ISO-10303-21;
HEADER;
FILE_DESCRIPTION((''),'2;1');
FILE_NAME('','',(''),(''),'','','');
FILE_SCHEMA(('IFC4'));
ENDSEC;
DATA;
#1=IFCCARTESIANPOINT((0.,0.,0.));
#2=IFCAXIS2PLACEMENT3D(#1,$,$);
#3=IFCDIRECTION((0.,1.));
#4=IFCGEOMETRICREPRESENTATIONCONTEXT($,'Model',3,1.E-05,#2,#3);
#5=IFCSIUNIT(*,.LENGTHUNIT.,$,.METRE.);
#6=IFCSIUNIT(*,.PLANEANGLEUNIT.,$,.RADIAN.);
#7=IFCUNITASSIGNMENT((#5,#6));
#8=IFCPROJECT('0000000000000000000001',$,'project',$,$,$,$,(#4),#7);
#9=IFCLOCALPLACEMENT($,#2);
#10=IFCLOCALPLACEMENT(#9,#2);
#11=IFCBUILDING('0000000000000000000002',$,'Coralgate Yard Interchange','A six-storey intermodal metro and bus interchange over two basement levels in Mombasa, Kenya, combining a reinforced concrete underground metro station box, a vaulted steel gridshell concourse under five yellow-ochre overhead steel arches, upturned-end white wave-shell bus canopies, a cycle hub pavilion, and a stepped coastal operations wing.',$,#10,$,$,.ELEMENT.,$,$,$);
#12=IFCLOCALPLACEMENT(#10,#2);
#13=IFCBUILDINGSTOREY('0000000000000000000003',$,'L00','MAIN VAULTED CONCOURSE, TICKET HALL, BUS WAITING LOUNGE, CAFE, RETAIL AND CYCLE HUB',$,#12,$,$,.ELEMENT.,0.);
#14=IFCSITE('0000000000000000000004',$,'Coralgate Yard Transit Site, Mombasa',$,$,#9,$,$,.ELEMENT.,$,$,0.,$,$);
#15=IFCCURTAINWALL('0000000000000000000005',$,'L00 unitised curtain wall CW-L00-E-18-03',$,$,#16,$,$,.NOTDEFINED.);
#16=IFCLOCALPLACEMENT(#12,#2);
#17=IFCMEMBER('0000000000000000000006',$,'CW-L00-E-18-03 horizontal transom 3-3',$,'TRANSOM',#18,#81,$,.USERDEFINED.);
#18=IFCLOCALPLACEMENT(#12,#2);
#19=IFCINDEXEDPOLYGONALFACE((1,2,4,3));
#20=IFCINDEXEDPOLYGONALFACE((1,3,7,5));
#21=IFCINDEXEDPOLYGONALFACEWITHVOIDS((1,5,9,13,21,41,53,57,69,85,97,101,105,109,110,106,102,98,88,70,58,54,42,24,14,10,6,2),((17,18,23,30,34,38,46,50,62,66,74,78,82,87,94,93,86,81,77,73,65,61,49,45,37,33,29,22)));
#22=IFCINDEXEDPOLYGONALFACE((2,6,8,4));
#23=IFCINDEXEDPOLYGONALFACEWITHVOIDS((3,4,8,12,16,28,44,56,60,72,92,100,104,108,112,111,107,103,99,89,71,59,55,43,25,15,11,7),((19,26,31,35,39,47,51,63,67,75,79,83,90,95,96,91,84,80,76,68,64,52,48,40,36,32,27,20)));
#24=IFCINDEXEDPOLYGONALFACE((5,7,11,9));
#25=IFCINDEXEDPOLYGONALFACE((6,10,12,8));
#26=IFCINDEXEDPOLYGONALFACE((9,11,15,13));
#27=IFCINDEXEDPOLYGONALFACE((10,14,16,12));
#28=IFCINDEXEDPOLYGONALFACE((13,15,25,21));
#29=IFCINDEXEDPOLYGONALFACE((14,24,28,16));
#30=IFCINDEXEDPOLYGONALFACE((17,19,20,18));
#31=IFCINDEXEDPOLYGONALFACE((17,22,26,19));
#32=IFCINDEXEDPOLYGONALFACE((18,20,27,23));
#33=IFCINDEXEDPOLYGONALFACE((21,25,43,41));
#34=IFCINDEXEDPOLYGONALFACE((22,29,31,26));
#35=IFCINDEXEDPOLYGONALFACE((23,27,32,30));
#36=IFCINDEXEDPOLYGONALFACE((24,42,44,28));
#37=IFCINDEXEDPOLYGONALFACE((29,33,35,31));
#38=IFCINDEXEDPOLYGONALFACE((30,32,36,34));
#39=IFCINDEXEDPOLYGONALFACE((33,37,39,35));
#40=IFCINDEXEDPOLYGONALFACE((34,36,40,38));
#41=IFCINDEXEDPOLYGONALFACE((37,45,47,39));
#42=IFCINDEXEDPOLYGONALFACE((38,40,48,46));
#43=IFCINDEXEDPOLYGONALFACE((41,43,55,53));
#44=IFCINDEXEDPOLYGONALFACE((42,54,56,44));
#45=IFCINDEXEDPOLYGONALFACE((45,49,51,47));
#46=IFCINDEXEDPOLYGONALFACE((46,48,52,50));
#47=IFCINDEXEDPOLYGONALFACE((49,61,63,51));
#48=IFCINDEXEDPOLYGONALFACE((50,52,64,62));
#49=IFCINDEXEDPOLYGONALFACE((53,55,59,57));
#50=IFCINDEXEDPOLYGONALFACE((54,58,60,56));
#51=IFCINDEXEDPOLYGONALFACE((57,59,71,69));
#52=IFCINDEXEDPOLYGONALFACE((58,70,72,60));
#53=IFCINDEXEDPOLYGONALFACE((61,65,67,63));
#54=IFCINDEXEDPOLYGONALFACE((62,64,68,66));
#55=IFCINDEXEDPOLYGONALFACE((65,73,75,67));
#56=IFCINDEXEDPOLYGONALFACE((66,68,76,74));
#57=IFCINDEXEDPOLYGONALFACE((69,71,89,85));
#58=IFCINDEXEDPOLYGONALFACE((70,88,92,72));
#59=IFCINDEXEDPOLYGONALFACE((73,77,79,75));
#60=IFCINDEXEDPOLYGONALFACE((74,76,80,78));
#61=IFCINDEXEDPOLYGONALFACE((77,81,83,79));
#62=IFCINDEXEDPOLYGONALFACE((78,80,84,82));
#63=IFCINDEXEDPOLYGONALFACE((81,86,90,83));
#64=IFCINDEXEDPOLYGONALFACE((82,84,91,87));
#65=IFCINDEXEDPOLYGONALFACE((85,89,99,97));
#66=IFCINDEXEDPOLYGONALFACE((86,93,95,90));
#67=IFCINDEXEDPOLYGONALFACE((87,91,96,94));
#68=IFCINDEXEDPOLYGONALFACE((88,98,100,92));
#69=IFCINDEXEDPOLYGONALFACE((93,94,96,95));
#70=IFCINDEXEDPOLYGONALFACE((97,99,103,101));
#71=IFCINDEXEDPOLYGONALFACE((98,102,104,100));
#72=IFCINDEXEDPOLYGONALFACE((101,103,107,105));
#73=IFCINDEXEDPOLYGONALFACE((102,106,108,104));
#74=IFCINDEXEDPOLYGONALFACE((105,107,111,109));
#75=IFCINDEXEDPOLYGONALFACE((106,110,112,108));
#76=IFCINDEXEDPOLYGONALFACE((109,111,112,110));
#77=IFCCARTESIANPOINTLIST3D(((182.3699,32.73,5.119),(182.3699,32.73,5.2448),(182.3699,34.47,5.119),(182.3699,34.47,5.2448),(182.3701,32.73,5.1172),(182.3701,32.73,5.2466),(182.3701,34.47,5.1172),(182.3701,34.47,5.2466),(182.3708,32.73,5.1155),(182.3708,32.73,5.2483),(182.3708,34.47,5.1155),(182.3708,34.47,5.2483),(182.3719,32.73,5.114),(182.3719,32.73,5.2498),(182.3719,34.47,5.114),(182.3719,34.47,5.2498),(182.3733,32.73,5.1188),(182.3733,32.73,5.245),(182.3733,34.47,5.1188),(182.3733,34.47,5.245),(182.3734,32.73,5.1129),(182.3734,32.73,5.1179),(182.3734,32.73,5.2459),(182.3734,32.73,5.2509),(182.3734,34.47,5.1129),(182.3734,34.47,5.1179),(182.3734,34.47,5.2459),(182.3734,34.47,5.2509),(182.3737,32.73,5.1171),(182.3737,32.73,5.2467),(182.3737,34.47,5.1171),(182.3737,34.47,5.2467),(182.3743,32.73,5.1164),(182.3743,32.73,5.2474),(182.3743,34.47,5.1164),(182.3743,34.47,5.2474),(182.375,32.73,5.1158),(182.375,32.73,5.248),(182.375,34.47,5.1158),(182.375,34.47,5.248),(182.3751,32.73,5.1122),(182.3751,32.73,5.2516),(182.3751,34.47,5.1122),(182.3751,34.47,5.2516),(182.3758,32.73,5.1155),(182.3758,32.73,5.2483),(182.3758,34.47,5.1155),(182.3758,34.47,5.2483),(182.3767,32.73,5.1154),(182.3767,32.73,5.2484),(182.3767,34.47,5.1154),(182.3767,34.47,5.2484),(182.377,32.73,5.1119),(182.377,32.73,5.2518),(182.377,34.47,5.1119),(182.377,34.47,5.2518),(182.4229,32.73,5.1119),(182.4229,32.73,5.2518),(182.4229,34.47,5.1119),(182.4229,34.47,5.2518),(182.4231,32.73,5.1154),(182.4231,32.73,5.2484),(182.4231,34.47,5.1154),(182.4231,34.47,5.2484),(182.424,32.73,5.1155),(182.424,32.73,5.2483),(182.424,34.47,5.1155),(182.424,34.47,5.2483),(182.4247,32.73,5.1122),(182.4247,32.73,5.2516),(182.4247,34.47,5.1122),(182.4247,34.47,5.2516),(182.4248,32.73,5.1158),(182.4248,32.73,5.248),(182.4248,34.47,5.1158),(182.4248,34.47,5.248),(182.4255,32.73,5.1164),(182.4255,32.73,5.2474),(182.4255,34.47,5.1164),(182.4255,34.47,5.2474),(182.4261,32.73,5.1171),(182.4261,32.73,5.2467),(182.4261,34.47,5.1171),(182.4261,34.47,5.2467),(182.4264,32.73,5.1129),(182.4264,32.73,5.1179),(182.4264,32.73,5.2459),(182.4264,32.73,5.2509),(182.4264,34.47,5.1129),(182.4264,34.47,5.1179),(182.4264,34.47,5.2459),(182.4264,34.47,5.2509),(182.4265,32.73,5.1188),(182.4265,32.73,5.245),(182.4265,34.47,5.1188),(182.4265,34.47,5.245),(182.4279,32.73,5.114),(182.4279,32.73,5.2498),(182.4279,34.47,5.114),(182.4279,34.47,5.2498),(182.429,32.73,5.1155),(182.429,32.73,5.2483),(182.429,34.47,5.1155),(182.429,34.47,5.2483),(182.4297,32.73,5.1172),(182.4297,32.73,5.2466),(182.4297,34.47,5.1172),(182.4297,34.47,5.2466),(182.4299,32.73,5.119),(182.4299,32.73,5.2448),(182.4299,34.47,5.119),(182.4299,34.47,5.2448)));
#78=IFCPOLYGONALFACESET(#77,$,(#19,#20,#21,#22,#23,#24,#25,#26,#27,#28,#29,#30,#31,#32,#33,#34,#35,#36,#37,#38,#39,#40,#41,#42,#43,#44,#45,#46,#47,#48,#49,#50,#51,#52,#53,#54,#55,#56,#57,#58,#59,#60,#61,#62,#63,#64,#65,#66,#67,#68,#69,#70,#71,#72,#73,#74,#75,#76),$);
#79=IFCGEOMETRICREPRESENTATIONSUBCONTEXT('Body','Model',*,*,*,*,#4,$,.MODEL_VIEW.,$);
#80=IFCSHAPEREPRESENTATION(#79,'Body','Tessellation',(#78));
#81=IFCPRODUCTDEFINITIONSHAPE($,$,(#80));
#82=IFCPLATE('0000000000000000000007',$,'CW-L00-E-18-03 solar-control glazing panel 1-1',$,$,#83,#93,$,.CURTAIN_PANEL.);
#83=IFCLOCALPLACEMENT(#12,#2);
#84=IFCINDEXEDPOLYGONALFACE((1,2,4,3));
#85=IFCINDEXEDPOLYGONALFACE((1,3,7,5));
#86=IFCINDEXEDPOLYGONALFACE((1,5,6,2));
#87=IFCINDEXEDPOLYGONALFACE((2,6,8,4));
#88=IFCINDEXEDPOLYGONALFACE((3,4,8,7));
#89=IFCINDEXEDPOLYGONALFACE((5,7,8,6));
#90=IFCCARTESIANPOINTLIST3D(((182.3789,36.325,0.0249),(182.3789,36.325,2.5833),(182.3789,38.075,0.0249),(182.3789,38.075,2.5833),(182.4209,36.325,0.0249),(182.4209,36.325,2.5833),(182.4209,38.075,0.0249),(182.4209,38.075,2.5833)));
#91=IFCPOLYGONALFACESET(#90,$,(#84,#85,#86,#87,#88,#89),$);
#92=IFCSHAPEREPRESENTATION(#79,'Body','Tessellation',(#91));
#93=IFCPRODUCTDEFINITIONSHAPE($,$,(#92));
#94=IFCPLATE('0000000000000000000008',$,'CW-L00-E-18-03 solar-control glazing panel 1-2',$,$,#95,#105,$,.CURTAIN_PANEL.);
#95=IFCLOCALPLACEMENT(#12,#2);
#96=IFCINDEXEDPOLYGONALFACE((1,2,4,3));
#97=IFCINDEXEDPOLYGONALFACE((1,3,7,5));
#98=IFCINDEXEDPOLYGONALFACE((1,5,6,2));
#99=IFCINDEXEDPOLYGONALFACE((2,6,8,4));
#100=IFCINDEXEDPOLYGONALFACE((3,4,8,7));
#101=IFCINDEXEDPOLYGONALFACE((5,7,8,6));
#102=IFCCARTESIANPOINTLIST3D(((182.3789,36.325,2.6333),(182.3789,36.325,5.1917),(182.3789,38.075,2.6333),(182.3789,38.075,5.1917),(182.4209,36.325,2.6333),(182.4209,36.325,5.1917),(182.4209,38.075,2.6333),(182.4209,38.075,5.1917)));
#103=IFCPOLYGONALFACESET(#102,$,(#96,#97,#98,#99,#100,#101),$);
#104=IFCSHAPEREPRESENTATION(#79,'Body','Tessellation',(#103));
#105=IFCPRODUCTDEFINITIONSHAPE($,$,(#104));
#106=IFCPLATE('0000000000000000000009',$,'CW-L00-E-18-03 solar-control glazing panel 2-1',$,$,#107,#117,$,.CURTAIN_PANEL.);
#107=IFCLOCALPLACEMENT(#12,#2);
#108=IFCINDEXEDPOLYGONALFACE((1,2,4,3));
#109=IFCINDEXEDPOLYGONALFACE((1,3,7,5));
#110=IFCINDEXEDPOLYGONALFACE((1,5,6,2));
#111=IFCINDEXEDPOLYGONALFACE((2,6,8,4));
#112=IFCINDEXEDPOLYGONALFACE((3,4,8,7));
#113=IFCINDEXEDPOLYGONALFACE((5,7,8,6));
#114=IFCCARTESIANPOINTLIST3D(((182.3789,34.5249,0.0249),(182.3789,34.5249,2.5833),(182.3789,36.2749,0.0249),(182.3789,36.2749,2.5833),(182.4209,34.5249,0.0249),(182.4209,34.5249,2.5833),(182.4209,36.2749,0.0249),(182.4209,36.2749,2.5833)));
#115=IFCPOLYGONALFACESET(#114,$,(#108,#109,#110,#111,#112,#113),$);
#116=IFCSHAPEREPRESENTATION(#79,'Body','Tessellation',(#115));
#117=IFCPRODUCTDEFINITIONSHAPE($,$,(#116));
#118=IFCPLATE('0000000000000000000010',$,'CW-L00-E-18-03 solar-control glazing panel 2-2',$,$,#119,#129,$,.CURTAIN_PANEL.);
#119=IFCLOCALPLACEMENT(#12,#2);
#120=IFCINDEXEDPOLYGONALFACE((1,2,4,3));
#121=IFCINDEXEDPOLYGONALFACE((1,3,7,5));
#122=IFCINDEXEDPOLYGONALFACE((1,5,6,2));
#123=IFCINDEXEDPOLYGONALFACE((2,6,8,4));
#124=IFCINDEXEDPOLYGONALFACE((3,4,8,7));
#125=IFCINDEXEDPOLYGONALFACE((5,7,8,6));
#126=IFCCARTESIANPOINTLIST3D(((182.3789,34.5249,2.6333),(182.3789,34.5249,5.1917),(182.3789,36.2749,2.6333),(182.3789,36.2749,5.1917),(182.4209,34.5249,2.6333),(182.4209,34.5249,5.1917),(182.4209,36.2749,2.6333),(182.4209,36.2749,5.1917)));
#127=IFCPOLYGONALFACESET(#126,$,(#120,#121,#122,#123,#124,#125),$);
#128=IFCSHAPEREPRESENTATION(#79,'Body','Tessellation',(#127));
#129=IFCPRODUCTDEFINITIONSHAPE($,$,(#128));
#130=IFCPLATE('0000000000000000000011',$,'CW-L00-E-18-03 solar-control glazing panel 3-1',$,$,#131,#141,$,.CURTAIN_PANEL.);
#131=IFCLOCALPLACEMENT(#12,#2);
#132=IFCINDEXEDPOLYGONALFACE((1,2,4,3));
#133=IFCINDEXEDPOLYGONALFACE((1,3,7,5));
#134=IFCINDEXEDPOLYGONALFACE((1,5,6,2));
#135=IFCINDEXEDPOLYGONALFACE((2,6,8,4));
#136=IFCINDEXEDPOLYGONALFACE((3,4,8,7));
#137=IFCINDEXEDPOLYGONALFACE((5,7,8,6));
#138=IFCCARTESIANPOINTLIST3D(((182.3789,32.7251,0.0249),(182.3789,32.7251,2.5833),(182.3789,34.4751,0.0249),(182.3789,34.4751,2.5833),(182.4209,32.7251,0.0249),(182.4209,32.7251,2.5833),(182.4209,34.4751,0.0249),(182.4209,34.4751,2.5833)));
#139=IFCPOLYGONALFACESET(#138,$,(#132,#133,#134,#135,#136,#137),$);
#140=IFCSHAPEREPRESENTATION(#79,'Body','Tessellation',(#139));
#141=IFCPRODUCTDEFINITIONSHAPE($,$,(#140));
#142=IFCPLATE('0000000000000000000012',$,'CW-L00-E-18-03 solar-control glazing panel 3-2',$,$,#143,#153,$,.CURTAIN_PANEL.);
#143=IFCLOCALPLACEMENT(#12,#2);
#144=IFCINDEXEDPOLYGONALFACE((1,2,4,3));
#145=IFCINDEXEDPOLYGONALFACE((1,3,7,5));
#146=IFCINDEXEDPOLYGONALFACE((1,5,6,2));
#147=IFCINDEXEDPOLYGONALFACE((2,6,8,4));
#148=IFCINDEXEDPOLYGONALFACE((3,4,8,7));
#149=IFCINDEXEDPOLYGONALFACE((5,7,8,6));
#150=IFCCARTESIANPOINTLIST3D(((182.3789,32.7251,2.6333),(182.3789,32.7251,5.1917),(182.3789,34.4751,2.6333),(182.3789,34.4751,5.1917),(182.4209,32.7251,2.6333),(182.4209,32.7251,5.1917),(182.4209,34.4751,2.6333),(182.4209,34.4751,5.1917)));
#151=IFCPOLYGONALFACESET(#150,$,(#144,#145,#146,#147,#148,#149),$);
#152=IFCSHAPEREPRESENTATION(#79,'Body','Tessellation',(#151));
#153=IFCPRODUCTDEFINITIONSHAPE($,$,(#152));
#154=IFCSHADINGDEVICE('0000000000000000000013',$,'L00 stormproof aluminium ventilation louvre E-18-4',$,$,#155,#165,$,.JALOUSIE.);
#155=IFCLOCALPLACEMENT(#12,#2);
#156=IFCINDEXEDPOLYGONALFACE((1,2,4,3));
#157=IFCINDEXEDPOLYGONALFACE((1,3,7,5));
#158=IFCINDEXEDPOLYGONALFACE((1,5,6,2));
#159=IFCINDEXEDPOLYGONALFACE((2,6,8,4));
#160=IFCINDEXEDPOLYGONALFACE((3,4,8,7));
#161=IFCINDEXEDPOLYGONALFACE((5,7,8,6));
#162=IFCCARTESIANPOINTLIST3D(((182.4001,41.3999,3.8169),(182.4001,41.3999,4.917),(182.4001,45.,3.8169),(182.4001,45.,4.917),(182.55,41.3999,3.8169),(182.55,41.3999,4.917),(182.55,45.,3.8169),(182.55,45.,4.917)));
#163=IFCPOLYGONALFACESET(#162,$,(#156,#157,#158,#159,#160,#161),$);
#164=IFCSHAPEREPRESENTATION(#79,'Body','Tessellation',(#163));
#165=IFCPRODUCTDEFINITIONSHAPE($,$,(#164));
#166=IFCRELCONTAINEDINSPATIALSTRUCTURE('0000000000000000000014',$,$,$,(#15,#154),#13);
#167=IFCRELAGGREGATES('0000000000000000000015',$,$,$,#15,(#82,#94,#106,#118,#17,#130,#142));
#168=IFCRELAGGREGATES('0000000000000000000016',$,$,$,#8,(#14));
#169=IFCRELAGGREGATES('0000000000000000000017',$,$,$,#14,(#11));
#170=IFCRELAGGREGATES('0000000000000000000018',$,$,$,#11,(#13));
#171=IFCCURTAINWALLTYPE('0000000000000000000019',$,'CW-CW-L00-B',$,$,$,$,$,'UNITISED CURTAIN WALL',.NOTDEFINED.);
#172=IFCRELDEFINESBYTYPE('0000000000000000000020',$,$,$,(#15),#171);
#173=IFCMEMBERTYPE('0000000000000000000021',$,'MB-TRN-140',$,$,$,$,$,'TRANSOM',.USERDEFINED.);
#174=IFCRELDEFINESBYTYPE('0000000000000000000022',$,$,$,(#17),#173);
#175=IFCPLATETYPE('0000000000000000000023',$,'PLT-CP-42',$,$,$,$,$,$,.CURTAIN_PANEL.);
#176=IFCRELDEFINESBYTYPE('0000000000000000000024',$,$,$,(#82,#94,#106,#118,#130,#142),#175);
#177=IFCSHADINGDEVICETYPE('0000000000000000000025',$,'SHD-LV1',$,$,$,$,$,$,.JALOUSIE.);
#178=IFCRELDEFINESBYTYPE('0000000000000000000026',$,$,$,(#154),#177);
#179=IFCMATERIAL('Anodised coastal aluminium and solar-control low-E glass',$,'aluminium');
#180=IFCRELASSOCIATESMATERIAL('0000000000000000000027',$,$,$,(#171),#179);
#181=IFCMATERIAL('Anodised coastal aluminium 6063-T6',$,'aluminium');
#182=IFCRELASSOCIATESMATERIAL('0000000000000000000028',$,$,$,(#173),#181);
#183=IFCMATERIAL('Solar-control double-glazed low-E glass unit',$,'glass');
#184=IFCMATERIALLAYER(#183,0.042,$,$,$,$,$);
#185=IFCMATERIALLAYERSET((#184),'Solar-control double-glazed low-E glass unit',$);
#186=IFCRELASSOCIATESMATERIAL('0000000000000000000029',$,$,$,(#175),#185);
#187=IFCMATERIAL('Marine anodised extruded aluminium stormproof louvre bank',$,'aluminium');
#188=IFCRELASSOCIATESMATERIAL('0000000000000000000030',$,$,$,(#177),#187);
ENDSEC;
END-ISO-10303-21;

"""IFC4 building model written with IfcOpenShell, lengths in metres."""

from ifc_helpers import new_model, si_unit, direction, frame, origin, origin_2d, place, context, subcontext, project, spatial, rectangle, hollow_rectangle, extrude, material, layer, layer_set, material_profile, profile_set, type_object, element, aggregate, save


model = new_model("IFC4")

# Units and contexts
model_context = context("Model", 3, precision=1e-05, world=origin(), true_north=direction((0.0, 1.0)))
body_context = subcontext(model_context, "Body", "Model", "MODEL_VIEW")
ifc_project = project(units=[si_unit("LENGTHUNIT", "METRE"), si_unit("PLANEANGLEUNIT", "RADIAN")], contexts=[model_context])

# Site, building, storey
site_placement = place(None, origin())
site = spatial("IfcSite", under=ifc_project, at=site_placement, Name="Coralgate Yard Transit Site, Mombasa", CompositionType="ELEMENT", RefElevation=0.0)
building_placement = place(site_placement, origin())
building = spatial("IfcBuilding", under=site, at=building_placement, Name="Coralgate Yard Interchange", Description="A six-storey intermodal metro and bus interchange over two basement levels in Mombasa, Kenya, combining a reinforced concrete underground metro station box, a vaulted steel gridshell concourse under five yellow-ochre overhead steel arches, upturned-end white wave-shell bus canopies, a cycle hub pavilion, and a stepped coastal operations wing.", CompositionType="ELEMENT")
storey_placement = place(building_placement, origin())
storey = spatial("IfcBuildingStorey", under=building, at=storey_placement, Name="L00", Description="MAIN VAULTED CONCOURSE, TICKET HALL, BUS WAITING LOUNGE, CAFE, RETAIL AND CYCLE HUB", CompositionType="ELEMENT", Elevation=0.0)

# Curtain wall, member, plates
ifc_material_1 = material(Name="Anodised coastal aluminium and solar-control low-E glass", Category="aluminium")
curtain_wall_type = type_object("IfcCurtainWallType", Name="CW-CW-L00-B", ElementType="UNITISED CURTAIN WALL", PredefinedType="NOTDEFINED", material=ifc_material_1)
curtain_wall_placement = place(storey_placement, origin())
curtain_wall = element("IfcCurtainWall", 1, at=curtain_wall_placement, inside=storey, type_object=curtain_wall_type, Name="L00 unitised curtain wall CW-L00-E-18-03", PredefinedType="NOTDEFINED")
ifc_material_2 = material(Name="Anodised coastal aluminium 6063-T6", Category="aluminium")
ifc_material_profile_1 = material_profile(ifc_material_2, hollow_rectangle(XDim=0.0601, YDim=0.1399, WallThickness=0.0034, InnerFilletRadius=0.0034, OuterFilletRadius=0.0071, at=origin_2d()), Name="ALU 60x140x3.5")
ifc_profile_set_1 = profile_set([ifc_material_profile_1], Name="Anodised coastal aluminium 6063-T6")
member_type_1 = type_object("IfcMemberType", Name="MB-TRN-140", ElementType="TRANSOM", PredefinedType="USERDEFINED", material=ifc_profile_set_1)
member_1_placement = place(storey_placement, frame((182.3999, 34.47, 5.1819), z_axis=(0.0, -1.0, 0.0), x_axis=(1.0, 0.0, 0.0)))
member_1 = element("IfcMember", 2, at=member_1_placement, type_object=member_type_1, Name="CW-L00-E-18-03 horizontal transom 3-3", ObjectType="TRANSOM", PredefinedType="USERDEFINED", context=body_context, shape_type="SweptSolid", body=[
    extrude(hollow_rectangle(XDim=0.0601, YDim=0.1399, WallThickness=0.0034, InnerFilletRadius=0.0034, OuterFilletRadius=0.0071, at=origin_2d()), origin(), (0.0, 0.0, 1.0), 1.74),
])
ifc_material_3 = material(Name="Solar-control double-glazed low-E glass unit", Category="glass")
ifc_layer = layer(ifc_material_3, 0.042)
ifc_layer_set = layer_set([ifc_layer], Name="Solar-control double-glazed low-E glass unit")
plate_type = type_object("IfcPlateType", Name="PLT-CP-42", PredefinedType="CURTAIN_PANEL", material=ifc_layer_set)
plate_1_placement = place(storey_placement, frame((182.3999, 37.2, 0.0249), z_axis=(0.0, 0.0, 1.0), x_axis=(0.0, -1.0, 0.0)))
plate_1 = element("IfcPlate", 3, at=plate_1_placement, type_object=plate_type, Name="CW-L00-E-18-03 solar-control glazing panel 1-1", PredefinedType="CURTAIN_PANEL", context=body_context, shape_type="SweptSolid", body=[
    extrude(rectangle(XDim=1.75, YDim=0.042, at=origin_2d()), origin(), (0.0, 0.0, 1.0), 2.5583),
])
plate_2_placement = place(storey_placement, frame((182.3999, 37.2, 2.6333), z_axis=(0.0, 0.0, 1.0), x_axis=(0.0, -1.0, 0.0)))
plate_2 = element("IfcPlate", 4, at=plate_2_placement, type_object=plate_type, Name="CW-L00-E-18-03 solar-control glazing panel 1-2", PredefinedType="CURTAIN_PANEL", context=body_context, shape_type="SweptSolid", body=[
    extrude(rectangle(XDim=1.75, YDim=0.042, at=origin_2d()), origin(), (0.0, 0.0, 1.0), 2.5583),
])
plate_3_placement = place(storey_placement, frame((182.3999, 35.3999, 0.0249), z_axis=(0.0, 0.0, 1.0), x_axis=(0.0, -1.0, 0.0)))
plate_3 = element("IfcPlate", 5, at=plate_3_placement, type_object=plate_type, Name="CW-L00-E-18-03 solar-control glazing panel 2-1", PredefinedType="CURTAIN_PANEL", context=body_context, shape_type="SweptSolid", body=[
    extrude(rectangle(XDim=1.75, YDim=0.042, at=origin_2d()), origin(), (0.0, 0.0, 1.0), 2.5583),
])
plate_4_placement = place(storey_placement, frame((182.3999, 35.3999, 2.6333), z_axis=(0.0, 0.0, 1.0), x_axis=(0.0, -1.0, 0.0)))
plate_4 = element("IfcPlate", 6, at=plate_4_placement, type_object=plate_type, Name="CW-L00-E-18-03 solar-control glazing panel 2-2", PredefinedType="CURTAIN_PANEL", context=body_context, shape_type="SweptSolid", body=[
    extrude(rectangle(XDim=1.75, YDim=0.042, at=origin_2d()), origin(), (0.0, 0.0, 1.0), 2.5583),
])
plate_5_placement = place(storey_placement, frame((182.3999, 33.6001, 0.0249), z_axis=(0.0, 0.0, 1.0), x_axis=(0.0, -1.0, 0.0)))
plate_5 = element("IfcPlate", 7, at=plate_5_placement, type_object=plate_type, Name="CW-L00-E-18-03 solar-control glazing panel 3-1", PredefinedType="CURTAIN_PANEL", context=body_context, shape_type="SweptSolid", body=[
    extrude(rectangle(XDim=1.75, YDim=0.042, at=origin_2d()), origin(), (0.0, 0.0, 1.0), 2.5583),
])
plate_6_placement = place(storey_placement, frame((182.3999, 33.6001, 2.6333), z_axis=(0.0, 0.0, 1.0), x_axis=(0.0, -1.0, 0.0)))
plate_6 = element("IfcPlate", 8, at=plate_6_placement, type_object=plate_type, Name="CW-L00-E-18-03 solar-control glazing panel 3-2", PredefinedType="CURTAIN_PANEL", context=body_context, shape_type="SweptSolid", body=[
    extrude(rectangle(XDim=1.75, YDim=0.042, at=origin_2d()), origin(), (0.0, 0.0, 1.0), 2.5583),
])
aggregate(curtain_wall, [plate_1, plate_2, plate_3, plate_4, member_1, plate_5, plate_6])

# Shading device
ifc_material_4 = material(Name="Marine anodised extruded aluminium stormproof louvre bank", Category="aluminium")
shading_device_type = type_object("IfcShadingDeviceType", Name="SHD-LV1", PredefinedType="JALOUSIE", material=ifc_material_4)
shading_device_placement = place(storey_placement, frame((182.4751, 43.2, 3.8169), z_axis=(0.0, 0.0, 1.0), x_axis=(0.0, -1.0, 0.0)))
element("IfcShadingDevice", 9, at=shading_device_placement, inside=storey, type_object=shading_device_type, Name="L00 stormproof aluminium ventilation louvre E-18-4", PredefinedType="JALOUSIE", context=body_context, shape_type="SweptSolid", body=[
    extrude(rectangle(XDim=3.6001, YDim=0.1499, at=origin_2d()), origin(), (0.0, 0.0, 1.0), 1.1001),
])

save(model, "model.ifc")
